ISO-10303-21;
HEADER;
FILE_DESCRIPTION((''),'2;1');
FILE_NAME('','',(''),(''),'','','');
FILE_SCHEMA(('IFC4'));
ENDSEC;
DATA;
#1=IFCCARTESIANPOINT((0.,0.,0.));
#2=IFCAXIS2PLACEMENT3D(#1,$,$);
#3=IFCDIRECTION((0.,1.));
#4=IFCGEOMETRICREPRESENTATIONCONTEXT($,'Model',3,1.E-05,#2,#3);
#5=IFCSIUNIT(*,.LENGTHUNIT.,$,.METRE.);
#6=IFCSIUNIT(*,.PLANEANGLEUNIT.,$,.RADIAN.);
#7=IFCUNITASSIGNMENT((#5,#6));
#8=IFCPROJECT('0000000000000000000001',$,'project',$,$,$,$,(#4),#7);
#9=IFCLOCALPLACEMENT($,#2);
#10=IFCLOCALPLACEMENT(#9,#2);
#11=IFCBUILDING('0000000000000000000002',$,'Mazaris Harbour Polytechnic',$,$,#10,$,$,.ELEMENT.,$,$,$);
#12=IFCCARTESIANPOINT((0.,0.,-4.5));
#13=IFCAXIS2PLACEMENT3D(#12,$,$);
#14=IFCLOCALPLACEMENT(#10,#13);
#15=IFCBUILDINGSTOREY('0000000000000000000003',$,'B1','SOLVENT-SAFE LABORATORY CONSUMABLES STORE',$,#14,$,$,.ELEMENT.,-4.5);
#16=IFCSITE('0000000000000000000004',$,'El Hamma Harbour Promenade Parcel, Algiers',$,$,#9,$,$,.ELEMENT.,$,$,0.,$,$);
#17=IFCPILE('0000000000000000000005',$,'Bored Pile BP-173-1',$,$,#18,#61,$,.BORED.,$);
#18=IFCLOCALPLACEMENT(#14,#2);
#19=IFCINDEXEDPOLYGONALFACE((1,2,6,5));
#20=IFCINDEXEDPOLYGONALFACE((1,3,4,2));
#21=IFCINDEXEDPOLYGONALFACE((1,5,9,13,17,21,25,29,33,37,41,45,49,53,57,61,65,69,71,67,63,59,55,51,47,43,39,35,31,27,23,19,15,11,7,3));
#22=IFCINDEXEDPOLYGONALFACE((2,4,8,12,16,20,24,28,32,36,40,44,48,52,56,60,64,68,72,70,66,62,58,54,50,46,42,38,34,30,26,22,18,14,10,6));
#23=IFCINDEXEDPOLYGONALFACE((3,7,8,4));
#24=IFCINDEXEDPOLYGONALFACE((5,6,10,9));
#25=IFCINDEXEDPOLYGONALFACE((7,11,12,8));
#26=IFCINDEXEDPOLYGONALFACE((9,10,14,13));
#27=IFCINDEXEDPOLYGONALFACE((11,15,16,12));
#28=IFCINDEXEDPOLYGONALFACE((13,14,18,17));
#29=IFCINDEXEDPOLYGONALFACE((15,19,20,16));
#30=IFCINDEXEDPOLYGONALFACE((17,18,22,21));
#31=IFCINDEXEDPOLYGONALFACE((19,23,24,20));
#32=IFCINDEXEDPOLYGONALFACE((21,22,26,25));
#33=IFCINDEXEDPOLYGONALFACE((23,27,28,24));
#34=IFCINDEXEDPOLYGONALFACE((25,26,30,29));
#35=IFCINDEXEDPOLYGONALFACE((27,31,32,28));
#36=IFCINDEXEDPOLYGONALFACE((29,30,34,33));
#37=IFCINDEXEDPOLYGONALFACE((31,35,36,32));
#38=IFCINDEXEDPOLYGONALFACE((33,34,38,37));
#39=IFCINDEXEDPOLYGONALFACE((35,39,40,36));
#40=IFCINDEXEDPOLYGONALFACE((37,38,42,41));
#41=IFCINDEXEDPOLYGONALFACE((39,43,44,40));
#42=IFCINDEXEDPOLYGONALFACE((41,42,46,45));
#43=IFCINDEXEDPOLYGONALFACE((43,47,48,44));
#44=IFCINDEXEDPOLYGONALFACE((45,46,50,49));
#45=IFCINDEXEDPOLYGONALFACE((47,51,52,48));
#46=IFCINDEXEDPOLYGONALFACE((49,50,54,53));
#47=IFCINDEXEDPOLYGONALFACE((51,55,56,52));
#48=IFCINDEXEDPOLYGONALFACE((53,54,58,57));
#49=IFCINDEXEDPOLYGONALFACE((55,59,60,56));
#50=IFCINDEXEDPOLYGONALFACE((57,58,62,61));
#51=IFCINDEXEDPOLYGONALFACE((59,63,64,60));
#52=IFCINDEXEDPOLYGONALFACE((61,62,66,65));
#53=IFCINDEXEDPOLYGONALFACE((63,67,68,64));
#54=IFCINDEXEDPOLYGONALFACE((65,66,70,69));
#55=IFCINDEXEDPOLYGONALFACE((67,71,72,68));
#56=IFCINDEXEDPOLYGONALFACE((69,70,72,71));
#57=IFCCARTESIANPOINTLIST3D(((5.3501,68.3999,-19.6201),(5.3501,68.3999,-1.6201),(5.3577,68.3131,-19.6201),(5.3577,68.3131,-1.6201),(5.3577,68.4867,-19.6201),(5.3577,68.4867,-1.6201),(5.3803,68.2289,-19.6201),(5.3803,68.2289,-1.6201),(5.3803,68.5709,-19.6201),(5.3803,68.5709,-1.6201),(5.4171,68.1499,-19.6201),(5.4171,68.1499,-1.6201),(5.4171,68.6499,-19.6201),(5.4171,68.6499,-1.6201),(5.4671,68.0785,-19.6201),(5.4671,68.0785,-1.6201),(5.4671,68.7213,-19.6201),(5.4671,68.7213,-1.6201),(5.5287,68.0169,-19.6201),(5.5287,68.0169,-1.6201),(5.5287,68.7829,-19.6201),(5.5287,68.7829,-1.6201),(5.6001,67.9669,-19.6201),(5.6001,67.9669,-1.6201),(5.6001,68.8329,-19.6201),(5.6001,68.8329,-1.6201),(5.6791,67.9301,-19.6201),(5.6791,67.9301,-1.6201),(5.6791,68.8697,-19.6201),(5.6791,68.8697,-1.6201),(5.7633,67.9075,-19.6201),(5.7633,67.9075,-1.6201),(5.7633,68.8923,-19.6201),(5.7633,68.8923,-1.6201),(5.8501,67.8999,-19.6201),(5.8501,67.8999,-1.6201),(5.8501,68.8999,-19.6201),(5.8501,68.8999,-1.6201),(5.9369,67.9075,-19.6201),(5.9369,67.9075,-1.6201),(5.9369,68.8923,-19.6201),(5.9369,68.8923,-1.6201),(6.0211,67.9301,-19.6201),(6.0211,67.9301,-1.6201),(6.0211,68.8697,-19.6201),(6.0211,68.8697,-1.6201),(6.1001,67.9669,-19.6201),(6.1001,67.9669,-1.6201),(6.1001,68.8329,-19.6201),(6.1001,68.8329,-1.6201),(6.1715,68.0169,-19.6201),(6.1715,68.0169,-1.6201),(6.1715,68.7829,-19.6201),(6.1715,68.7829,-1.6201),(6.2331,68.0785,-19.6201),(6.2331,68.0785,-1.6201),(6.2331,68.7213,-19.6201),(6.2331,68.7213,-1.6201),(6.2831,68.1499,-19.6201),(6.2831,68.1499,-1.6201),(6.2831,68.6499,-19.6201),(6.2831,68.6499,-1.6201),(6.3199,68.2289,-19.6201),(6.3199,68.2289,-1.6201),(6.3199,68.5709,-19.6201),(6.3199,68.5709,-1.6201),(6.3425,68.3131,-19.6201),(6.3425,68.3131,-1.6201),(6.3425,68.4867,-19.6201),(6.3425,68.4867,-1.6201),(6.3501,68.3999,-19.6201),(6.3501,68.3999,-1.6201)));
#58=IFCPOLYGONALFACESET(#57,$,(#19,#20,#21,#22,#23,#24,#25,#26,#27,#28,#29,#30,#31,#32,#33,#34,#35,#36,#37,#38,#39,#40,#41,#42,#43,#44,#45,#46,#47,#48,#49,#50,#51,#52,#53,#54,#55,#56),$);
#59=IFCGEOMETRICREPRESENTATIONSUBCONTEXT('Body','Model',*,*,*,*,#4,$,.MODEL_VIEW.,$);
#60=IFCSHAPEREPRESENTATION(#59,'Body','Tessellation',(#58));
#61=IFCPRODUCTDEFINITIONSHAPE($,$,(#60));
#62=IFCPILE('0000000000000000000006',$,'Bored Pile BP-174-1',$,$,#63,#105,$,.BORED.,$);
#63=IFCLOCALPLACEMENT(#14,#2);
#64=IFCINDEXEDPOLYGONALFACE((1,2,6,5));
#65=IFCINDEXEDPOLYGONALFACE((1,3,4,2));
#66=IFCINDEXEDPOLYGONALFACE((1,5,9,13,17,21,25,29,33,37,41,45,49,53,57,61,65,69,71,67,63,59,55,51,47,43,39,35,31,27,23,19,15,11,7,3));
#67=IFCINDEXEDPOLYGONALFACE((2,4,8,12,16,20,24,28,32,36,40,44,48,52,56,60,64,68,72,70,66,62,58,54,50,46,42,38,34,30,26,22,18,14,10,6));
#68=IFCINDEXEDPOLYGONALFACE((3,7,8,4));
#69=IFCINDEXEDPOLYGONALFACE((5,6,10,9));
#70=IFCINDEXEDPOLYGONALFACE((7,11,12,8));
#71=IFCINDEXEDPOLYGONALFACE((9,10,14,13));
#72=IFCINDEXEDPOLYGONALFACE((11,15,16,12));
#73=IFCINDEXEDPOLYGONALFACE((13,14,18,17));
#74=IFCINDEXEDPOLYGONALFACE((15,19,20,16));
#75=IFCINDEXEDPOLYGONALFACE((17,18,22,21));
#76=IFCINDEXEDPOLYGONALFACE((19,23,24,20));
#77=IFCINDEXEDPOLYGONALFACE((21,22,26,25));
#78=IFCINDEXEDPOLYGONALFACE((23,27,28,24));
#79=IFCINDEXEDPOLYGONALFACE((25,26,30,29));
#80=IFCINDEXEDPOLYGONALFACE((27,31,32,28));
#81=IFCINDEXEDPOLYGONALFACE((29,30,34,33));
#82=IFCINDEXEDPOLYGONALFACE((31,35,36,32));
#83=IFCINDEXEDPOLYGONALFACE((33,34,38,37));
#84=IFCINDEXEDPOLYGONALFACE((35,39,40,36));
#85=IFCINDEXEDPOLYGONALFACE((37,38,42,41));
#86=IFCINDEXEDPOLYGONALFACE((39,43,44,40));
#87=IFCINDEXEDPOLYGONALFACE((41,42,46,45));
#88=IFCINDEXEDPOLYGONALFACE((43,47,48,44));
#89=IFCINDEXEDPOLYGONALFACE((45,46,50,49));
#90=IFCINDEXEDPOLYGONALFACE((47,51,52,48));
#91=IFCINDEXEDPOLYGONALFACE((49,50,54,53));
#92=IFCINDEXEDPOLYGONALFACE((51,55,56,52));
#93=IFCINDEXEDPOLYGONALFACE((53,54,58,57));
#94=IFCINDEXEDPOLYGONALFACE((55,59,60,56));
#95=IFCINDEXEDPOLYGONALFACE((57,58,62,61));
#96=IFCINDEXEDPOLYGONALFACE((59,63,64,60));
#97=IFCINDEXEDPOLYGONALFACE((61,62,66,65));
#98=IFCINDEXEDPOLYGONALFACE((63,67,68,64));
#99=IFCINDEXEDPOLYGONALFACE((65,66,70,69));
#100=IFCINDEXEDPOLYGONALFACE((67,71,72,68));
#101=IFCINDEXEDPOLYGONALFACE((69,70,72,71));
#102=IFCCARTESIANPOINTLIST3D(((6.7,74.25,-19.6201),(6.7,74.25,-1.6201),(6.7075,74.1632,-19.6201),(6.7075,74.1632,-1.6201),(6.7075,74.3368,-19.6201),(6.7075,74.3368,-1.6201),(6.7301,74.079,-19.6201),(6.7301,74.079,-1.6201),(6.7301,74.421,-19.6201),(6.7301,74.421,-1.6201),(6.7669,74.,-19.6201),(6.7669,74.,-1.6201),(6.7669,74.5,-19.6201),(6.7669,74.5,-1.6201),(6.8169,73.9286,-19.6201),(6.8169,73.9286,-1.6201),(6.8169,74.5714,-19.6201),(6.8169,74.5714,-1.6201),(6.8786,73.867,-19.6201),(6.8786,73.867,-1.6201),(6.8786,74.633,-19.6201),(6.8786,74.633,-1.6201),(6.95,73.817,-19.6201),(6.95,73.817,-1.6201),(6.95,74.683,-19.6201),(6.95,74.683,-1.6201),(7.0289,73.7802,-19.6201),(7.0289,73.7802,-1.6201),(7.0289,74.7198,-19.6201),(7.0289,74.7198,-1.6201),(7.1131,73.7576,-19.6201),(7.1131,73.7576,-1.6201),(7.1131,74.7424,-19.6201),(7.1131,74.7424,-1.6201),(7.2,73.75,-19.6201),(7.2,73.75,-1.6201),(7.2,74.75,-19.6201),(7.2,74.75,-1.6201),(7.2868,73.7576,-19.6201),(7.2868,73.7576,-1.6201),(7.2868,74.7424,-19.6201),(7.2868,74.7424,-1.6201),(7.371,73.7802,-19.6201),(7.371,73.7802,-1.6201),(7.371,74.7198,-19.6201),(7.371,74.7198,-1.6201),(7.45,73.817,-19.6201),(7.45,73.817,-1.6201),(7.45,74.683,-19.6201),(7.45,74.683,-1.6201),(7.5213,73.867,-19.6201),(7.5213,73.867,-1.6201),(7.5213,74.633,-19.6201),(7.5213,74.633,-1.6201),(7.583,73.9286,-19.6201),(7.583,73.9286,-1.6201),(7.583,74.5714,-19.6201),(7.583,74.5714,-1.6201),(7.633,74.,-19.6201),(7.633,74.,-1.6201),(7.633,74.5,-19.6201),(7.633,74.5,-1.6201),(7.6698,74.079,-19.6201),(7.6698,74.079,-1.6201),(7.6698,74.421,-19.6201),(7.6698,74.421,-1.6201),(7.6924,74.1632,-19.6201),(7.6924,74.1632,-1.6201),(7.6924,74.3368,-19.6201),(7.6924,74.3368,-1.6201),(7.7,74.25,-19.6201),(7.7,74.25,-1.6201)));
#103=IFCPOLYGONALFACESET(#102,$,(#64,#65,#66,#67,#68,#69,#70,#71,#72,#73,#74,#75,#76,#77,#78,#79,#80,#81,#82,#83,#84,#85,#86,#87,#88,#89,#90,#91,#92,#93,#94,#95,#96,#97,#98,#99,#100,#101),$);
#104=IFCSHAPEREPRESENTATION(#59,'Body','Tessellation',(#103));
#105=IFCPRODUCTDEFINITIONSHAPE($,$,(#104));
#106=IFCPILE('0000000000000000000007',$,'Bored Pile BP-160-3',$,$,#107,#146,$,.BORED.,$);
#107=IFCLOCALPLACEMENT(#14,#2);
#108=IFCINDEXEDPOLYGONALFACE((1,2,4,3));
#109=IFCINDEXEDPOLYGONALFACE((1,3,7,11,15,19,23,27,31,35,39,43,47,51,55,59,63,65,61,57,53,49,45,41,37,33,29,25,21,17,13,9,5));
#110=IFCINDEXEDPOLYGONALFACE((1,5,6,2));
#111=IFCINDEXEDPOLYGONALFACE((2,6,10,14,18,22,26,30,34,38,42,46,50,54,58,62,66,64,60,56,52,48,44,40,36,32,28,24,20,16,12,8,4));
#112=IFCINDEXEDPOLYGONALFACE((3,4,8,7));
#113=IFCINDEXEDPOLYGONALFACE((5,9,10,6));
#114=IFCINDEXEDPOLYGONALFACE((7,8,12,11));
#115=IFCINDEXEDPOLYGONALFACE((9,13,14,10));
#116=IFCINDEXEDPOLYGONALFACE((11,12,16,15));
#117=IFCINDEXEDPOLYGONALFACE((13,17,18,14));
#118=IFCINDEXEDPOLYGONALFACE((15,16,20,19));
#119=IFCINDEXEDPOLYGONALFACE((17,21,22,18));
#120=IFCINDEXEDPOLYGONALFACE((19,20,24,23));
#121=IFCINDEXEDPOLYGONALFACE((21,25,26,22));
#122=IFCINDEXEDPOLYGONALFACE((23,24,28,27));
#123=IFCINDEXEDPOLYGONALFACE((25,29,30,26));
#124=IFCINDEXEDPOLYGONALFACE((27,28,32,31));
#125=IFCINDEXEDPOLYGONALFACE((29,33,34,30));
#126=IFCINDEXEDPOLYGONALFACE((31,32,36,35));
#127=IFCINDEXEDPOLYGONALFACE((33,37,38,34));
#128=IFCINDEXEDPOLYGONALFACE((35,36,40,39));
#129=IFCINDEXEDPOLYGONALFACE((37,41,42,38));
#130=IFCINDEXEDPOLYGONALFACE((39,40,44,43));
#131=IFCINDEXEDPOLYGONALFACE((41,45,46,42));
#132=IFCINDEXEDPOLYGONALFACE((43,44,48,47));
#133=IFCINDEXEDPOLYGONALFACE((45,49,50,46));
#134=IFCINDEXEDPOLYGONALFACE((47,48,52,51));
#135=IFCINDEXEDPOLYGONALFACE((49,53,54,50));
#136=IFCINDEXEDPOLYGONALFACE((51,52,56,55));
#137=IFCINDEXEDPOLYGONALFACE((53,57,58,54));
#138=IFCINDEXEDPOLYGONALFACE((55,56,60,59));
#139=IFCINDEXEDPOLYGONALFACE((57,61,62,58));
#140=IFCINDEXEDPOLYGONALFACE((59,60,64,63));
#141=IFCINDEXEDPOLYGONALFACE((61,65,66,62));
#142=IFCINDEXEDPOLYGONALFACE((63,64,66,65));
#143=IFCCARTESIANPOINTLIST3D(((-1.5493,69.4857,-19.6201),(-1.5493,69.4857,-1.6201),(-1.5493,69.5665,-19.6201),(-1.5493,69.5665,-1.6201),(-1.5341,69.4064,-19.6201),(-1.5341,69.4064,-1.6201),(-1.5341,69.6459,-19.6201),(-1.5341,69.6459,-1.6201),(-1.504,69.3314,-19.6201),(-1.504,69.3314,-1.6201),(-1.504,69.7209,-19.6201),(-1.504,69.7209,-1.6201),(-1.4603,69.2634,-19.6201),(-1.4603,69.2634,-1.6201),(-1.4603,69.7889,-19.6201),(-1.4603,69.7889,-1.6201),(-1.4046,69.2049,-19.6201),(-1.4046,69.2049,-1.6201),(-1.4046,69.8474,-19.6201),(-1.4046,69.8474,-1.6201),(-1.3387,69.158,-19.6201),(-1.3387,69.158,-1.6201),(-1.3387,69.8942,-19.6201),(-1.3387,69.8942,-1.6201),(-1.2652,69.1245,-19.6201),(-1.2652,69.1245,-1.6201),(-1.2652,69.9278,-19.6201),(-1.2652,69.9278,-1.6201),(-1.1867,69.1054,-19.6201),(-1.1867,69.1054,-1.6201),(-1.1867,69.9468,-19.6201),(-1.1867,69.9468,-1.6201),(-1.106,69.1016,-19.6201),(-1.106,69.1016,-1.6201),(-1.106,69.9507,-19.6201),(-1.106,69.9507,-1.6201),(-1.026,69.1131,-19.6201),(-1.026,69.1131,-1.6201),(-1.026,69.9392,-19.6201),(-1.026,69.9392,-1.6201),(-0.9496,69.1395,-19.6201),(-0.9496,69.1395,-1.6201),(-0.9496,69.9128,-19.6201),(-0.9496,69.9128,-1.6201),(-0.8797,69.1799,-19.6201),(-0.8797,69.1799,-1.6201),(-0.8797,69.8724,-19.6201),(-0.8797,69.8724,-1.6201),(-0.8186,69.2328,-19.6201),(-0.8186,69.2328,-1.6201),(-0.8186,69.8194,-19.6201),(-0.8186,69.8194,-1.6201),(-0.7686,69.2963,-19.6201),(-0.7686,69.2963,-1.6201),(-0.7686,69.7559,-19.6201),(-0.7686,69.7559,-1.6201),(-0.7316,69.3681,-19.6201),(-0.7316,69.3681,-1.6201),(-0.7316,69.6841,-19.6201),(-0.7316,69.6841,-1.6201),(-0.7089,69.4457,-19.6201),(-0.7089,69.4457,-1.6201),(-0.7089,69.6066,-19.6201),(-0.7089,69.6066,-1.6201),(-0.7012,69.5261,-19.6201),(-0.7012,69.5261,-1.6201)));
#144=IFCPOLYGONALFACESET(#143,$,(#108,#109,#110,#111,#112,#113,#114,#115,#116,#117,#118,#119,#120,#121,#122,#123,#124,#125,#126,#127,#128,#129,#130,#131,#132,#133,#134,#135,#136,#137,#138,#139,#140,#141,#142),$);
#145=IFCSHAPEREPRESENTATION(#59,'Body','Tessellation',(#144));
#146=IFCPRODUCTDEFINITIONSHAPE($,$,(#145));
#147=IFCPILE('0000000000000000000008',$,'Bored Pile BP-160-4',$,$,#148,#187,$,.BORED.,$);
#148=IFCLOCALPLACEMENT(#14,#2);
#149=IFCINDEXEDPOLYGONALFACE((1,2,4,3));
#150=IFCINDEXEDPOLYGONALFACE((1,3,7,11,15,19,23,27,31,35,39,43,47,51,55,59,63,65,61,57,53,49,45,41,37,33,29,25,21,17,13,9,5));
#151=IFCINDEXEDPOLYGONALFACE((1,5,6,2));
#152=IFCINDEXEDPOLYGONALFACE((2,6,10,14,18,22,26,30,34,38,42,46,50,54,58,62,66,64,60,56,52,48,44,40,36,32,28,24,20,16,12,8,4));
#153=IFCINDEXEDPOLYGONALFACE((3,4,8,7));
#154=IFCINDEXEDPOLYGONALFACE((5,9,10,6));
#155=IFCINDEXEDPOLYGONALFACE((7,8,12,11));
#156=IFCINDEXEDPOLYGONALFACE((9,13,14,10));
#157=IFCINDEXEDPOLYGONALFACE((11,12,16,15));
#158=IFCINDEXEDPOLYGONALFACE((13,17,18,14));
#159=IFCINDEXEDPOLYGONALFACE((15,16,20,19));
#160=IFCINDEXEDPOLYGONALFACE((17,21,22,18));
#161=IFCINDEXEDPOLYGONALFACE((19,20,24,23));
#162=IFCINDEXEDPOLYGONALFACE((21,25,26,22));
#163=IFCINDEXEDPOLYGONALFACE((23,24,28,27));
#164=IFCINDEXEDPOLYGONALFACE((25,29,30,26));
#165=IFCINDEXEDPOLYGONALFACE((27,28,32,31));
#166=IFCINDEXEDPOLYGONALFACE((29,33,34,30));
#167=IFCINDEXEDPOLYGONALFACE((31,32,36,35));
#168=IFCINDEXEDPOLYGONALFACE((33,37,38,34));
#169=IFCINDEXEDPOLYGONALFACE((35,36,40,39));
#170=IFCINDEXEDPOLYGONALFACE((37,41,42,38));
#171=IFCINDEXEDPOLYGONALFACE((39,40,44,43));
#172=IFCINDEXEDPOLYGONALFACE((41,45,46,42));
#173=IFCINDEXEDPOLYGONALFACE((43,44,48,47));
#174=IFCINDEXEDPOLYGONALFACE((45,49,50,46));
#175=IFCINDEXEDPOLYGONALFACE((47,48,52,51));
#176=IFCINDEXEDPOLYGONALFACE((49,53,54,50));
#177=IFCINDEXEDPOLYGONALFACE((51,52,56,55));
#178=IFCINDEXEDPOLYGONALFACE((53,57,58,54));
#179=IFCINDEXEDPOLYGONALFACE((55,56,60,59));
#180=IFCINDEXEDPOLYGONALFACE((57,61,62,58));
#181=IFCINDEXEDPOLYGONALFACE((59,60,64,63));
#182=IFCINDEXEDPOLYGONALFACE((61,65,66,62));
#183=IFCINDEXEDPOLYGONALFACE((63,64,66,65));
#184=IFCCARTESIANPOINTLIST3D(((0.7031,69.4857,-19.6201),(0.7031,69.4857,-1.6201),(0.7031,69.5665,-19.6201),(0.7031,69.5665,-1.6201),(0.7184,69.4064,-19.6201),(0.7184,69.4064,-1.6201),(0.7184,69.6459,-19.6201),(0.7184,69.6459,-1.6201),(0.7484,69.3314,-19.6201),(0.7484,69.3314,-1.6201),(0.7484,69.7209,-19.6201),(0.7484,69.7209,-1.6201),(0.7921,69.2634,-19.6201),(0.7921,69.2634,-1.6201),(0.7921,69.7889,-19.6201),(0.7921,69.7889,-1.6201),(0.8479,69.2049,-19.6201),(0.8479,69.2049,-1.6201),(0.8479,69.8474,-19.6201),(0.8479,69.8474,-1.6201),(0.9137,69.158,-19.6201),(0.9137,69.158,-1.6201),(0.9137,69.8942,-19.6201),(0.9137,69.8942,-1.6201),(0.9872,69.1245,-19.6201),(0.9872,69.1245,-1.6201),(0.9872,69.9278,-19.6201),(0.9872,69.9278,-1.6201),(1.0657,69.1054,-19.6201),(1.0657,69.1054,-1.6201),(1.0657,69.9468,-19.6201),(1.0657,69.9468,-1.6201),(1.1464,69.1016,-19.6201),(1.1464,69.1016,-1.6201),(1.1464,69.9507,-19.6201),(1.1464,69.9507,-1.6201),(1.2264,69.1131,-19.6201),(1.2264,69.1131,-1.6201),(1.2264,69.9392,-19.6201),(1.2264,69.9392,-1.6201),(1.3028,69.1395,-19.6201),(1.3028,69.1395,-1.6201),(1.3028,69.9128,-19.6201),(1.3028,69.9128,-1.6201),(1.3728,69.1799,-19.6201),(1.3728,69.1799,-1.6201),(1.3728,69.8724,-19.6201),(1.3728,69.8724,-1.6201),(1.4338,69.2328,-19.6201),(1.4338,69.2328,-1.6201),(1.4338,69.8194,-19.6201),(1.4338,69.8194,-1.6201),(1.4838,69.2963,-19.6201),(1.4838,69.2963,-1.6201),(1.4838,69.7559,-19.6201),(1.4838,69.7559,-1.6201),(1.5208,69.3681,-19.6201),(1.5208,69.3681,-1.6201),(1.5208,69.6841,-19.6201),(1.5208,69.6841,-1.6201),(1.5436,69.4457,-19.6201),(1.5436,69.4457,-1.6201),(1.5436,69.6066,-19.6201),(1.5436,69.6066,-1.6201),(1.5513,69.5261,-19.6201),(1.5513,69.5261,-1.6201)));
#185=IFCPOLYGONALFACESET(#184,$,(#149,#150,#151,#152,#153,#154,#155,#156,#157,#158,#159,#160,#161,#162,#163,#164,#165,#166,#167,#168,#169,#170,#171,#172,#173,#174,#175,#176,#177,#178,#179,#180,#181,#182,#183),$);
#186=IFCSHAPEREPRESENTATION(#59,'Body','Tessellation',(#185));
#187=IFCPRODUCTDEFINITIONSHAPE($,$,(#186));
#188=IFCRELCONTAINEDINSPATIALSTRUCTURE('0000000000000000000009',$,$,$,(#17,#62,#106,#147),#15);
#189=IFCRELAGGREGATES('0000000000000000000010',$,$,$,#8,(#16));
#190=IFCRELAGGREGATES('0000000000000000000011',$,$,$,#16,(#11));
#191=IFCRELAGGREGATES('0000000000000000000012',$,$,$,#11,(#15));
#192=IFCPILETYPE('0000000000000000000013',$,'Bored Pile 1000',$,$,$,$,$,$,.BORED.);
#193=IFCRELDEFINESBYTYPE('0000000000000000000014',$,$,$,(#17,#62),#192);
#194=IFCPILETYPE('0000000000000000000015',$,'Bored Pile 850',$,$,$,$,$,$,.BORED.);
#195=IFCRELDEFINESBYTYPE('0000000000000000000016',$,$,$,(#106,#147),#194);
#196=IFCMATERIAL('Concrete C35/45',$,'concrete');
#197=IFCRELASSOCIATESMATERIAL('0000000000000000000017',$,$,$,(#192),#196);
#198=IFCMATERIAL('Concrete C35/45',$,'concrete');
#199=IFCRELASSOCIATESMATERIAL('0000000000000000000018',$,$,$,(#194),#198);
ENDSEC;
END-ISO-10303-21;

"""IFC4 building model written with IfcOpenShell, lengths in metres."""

from ifc_helpers import new_model, si_unit, direction, frame, origin, origin_2d, place, context, subcontext, project, spatial, circle, extrude, material, material_profile, profile_set, type_object, element, save


model = new_model("IFC4")

# Units and contexts
model_context = context("Model", 3, precision=1e-05, world=origin(), true_north=direction((0.0, 1.0)))
body_context = subcontext(model_context, "Body", "Model", "MODEL_VIEW")
ifc_project = project(units=[si_unit("LENGTHUNIT", "METRE"), si_unit("PLANEANGLEUNIT", "RADIAN")], contexts=[model_context])

# Site, building, storey
site_placement = place(None, origin())
site = spatial("IfcSite", under=ifc_project, at=site_placement, Name="El Hamma Harbour Promenade Parcel, Algiers", CompositionType="ELEMENT", RefElevation=0.0)
building_placement = place(site_placement, origin())
building = spatial("IfcBuilding", under=site, at=building_placement, Name="Mazaris Harbour Polytechnic", CompositionType="ELEMENT")
storey_placement = place(building_placement, frame((0.0, 0.0, -4.5)))
storey = spatial("IfcBuildingStorey", under=building, at=storey_placement, Name="B1", Description="SOLVENT-SAFE LABORATORY CONSUMABLES STORE", CompositionType="ELEMENT", Elevation=-4.5)

# Piles
ifc_material_1 = material(Name="Concrete C35/45", Category="concrete")
ifc_material_profile_1 = material_profile(ifc_material_1, circle(Radius=0.5, at=origin_2d()), Name="DIA1000")
ifc_profile_set_1 = profile_set([ifc_material_profile_1], Name="Concrete C35/45")
pile_type_1 = type_object("IfcPileType", Name="Bored Pile 1000", PredefinedType="BORED", material=ifc_profile_set_1)
for number, where, z_axis, x_axis, name in (
    (1, (5.8501, 68.3999, -1.6201), (0.0, 0.0, -1.0), (1.0, 0.0, 0.0), "Bored Pile BP-173-1"),
    (2, (7.2, 74.25, -1.6201), (0.0, 0.0, -1.0), (1.0, 0.0, 0.0), "Bored Pile BP-174-1"),
):
    element("IfcPile", number, at=place(storey_placement, frame(where, z_axis=z_axis, x_axis=x_axis)), inside=storey, type_object=pile_type_1, Name=name, PredefinedType="BORED", context=body_context, shape_type="SweptSolid", body=[
        extrude(circle(Radius=0.5, at=origin_2d()), origin(), (0.0, 0.0, 1.0), 18.0),
    ])
ifc_material_2 = material(Name="Concrete C35/45", Category="concrete")
ifc_material_profile_2 = material_profile(ifc_material_2, circle(Radius=0.425, at=origin_2d()), Name="DIA850")
ifc_profile_set_2 = profile_set([ifc_material_profile_2], Name="Concrete C35/45")
pile_type_2 = type_object("IfcPileType", Name="Bored Pile 850", PredefinedType="BORED", material=ifc_profile_set_2)
for number, where, z_axis, x_axis, name in (
    (3, (-1.1262, 69.5261, -1.6201), (0.0, 0.0, -1.0), (1.0, 0.0, 0.0), "Bored Pile BP-160-3"),
    (4, (1.1262, 69.5261, -1.6201), (0.0, 0.0, -1.0), (1.0, 0.0, 0.0), "Bored Pile BP-160-4"),
):
    element("IfcPile", number, at=place(storey_placement, frame(where, z_axis=z_axis, x_axis=x_axis)), inside=storey, type_object=pile_type_2, Name=name, PredefinedType="BORED", context=body_context, shape_type="SweptSolid", body=[
        extrude(circle(Radius=0.425, at=origin_2d()), origin(), (0.0, 0.0, 1.0), 18.0),
    ])

save(model, "model.ifc")
